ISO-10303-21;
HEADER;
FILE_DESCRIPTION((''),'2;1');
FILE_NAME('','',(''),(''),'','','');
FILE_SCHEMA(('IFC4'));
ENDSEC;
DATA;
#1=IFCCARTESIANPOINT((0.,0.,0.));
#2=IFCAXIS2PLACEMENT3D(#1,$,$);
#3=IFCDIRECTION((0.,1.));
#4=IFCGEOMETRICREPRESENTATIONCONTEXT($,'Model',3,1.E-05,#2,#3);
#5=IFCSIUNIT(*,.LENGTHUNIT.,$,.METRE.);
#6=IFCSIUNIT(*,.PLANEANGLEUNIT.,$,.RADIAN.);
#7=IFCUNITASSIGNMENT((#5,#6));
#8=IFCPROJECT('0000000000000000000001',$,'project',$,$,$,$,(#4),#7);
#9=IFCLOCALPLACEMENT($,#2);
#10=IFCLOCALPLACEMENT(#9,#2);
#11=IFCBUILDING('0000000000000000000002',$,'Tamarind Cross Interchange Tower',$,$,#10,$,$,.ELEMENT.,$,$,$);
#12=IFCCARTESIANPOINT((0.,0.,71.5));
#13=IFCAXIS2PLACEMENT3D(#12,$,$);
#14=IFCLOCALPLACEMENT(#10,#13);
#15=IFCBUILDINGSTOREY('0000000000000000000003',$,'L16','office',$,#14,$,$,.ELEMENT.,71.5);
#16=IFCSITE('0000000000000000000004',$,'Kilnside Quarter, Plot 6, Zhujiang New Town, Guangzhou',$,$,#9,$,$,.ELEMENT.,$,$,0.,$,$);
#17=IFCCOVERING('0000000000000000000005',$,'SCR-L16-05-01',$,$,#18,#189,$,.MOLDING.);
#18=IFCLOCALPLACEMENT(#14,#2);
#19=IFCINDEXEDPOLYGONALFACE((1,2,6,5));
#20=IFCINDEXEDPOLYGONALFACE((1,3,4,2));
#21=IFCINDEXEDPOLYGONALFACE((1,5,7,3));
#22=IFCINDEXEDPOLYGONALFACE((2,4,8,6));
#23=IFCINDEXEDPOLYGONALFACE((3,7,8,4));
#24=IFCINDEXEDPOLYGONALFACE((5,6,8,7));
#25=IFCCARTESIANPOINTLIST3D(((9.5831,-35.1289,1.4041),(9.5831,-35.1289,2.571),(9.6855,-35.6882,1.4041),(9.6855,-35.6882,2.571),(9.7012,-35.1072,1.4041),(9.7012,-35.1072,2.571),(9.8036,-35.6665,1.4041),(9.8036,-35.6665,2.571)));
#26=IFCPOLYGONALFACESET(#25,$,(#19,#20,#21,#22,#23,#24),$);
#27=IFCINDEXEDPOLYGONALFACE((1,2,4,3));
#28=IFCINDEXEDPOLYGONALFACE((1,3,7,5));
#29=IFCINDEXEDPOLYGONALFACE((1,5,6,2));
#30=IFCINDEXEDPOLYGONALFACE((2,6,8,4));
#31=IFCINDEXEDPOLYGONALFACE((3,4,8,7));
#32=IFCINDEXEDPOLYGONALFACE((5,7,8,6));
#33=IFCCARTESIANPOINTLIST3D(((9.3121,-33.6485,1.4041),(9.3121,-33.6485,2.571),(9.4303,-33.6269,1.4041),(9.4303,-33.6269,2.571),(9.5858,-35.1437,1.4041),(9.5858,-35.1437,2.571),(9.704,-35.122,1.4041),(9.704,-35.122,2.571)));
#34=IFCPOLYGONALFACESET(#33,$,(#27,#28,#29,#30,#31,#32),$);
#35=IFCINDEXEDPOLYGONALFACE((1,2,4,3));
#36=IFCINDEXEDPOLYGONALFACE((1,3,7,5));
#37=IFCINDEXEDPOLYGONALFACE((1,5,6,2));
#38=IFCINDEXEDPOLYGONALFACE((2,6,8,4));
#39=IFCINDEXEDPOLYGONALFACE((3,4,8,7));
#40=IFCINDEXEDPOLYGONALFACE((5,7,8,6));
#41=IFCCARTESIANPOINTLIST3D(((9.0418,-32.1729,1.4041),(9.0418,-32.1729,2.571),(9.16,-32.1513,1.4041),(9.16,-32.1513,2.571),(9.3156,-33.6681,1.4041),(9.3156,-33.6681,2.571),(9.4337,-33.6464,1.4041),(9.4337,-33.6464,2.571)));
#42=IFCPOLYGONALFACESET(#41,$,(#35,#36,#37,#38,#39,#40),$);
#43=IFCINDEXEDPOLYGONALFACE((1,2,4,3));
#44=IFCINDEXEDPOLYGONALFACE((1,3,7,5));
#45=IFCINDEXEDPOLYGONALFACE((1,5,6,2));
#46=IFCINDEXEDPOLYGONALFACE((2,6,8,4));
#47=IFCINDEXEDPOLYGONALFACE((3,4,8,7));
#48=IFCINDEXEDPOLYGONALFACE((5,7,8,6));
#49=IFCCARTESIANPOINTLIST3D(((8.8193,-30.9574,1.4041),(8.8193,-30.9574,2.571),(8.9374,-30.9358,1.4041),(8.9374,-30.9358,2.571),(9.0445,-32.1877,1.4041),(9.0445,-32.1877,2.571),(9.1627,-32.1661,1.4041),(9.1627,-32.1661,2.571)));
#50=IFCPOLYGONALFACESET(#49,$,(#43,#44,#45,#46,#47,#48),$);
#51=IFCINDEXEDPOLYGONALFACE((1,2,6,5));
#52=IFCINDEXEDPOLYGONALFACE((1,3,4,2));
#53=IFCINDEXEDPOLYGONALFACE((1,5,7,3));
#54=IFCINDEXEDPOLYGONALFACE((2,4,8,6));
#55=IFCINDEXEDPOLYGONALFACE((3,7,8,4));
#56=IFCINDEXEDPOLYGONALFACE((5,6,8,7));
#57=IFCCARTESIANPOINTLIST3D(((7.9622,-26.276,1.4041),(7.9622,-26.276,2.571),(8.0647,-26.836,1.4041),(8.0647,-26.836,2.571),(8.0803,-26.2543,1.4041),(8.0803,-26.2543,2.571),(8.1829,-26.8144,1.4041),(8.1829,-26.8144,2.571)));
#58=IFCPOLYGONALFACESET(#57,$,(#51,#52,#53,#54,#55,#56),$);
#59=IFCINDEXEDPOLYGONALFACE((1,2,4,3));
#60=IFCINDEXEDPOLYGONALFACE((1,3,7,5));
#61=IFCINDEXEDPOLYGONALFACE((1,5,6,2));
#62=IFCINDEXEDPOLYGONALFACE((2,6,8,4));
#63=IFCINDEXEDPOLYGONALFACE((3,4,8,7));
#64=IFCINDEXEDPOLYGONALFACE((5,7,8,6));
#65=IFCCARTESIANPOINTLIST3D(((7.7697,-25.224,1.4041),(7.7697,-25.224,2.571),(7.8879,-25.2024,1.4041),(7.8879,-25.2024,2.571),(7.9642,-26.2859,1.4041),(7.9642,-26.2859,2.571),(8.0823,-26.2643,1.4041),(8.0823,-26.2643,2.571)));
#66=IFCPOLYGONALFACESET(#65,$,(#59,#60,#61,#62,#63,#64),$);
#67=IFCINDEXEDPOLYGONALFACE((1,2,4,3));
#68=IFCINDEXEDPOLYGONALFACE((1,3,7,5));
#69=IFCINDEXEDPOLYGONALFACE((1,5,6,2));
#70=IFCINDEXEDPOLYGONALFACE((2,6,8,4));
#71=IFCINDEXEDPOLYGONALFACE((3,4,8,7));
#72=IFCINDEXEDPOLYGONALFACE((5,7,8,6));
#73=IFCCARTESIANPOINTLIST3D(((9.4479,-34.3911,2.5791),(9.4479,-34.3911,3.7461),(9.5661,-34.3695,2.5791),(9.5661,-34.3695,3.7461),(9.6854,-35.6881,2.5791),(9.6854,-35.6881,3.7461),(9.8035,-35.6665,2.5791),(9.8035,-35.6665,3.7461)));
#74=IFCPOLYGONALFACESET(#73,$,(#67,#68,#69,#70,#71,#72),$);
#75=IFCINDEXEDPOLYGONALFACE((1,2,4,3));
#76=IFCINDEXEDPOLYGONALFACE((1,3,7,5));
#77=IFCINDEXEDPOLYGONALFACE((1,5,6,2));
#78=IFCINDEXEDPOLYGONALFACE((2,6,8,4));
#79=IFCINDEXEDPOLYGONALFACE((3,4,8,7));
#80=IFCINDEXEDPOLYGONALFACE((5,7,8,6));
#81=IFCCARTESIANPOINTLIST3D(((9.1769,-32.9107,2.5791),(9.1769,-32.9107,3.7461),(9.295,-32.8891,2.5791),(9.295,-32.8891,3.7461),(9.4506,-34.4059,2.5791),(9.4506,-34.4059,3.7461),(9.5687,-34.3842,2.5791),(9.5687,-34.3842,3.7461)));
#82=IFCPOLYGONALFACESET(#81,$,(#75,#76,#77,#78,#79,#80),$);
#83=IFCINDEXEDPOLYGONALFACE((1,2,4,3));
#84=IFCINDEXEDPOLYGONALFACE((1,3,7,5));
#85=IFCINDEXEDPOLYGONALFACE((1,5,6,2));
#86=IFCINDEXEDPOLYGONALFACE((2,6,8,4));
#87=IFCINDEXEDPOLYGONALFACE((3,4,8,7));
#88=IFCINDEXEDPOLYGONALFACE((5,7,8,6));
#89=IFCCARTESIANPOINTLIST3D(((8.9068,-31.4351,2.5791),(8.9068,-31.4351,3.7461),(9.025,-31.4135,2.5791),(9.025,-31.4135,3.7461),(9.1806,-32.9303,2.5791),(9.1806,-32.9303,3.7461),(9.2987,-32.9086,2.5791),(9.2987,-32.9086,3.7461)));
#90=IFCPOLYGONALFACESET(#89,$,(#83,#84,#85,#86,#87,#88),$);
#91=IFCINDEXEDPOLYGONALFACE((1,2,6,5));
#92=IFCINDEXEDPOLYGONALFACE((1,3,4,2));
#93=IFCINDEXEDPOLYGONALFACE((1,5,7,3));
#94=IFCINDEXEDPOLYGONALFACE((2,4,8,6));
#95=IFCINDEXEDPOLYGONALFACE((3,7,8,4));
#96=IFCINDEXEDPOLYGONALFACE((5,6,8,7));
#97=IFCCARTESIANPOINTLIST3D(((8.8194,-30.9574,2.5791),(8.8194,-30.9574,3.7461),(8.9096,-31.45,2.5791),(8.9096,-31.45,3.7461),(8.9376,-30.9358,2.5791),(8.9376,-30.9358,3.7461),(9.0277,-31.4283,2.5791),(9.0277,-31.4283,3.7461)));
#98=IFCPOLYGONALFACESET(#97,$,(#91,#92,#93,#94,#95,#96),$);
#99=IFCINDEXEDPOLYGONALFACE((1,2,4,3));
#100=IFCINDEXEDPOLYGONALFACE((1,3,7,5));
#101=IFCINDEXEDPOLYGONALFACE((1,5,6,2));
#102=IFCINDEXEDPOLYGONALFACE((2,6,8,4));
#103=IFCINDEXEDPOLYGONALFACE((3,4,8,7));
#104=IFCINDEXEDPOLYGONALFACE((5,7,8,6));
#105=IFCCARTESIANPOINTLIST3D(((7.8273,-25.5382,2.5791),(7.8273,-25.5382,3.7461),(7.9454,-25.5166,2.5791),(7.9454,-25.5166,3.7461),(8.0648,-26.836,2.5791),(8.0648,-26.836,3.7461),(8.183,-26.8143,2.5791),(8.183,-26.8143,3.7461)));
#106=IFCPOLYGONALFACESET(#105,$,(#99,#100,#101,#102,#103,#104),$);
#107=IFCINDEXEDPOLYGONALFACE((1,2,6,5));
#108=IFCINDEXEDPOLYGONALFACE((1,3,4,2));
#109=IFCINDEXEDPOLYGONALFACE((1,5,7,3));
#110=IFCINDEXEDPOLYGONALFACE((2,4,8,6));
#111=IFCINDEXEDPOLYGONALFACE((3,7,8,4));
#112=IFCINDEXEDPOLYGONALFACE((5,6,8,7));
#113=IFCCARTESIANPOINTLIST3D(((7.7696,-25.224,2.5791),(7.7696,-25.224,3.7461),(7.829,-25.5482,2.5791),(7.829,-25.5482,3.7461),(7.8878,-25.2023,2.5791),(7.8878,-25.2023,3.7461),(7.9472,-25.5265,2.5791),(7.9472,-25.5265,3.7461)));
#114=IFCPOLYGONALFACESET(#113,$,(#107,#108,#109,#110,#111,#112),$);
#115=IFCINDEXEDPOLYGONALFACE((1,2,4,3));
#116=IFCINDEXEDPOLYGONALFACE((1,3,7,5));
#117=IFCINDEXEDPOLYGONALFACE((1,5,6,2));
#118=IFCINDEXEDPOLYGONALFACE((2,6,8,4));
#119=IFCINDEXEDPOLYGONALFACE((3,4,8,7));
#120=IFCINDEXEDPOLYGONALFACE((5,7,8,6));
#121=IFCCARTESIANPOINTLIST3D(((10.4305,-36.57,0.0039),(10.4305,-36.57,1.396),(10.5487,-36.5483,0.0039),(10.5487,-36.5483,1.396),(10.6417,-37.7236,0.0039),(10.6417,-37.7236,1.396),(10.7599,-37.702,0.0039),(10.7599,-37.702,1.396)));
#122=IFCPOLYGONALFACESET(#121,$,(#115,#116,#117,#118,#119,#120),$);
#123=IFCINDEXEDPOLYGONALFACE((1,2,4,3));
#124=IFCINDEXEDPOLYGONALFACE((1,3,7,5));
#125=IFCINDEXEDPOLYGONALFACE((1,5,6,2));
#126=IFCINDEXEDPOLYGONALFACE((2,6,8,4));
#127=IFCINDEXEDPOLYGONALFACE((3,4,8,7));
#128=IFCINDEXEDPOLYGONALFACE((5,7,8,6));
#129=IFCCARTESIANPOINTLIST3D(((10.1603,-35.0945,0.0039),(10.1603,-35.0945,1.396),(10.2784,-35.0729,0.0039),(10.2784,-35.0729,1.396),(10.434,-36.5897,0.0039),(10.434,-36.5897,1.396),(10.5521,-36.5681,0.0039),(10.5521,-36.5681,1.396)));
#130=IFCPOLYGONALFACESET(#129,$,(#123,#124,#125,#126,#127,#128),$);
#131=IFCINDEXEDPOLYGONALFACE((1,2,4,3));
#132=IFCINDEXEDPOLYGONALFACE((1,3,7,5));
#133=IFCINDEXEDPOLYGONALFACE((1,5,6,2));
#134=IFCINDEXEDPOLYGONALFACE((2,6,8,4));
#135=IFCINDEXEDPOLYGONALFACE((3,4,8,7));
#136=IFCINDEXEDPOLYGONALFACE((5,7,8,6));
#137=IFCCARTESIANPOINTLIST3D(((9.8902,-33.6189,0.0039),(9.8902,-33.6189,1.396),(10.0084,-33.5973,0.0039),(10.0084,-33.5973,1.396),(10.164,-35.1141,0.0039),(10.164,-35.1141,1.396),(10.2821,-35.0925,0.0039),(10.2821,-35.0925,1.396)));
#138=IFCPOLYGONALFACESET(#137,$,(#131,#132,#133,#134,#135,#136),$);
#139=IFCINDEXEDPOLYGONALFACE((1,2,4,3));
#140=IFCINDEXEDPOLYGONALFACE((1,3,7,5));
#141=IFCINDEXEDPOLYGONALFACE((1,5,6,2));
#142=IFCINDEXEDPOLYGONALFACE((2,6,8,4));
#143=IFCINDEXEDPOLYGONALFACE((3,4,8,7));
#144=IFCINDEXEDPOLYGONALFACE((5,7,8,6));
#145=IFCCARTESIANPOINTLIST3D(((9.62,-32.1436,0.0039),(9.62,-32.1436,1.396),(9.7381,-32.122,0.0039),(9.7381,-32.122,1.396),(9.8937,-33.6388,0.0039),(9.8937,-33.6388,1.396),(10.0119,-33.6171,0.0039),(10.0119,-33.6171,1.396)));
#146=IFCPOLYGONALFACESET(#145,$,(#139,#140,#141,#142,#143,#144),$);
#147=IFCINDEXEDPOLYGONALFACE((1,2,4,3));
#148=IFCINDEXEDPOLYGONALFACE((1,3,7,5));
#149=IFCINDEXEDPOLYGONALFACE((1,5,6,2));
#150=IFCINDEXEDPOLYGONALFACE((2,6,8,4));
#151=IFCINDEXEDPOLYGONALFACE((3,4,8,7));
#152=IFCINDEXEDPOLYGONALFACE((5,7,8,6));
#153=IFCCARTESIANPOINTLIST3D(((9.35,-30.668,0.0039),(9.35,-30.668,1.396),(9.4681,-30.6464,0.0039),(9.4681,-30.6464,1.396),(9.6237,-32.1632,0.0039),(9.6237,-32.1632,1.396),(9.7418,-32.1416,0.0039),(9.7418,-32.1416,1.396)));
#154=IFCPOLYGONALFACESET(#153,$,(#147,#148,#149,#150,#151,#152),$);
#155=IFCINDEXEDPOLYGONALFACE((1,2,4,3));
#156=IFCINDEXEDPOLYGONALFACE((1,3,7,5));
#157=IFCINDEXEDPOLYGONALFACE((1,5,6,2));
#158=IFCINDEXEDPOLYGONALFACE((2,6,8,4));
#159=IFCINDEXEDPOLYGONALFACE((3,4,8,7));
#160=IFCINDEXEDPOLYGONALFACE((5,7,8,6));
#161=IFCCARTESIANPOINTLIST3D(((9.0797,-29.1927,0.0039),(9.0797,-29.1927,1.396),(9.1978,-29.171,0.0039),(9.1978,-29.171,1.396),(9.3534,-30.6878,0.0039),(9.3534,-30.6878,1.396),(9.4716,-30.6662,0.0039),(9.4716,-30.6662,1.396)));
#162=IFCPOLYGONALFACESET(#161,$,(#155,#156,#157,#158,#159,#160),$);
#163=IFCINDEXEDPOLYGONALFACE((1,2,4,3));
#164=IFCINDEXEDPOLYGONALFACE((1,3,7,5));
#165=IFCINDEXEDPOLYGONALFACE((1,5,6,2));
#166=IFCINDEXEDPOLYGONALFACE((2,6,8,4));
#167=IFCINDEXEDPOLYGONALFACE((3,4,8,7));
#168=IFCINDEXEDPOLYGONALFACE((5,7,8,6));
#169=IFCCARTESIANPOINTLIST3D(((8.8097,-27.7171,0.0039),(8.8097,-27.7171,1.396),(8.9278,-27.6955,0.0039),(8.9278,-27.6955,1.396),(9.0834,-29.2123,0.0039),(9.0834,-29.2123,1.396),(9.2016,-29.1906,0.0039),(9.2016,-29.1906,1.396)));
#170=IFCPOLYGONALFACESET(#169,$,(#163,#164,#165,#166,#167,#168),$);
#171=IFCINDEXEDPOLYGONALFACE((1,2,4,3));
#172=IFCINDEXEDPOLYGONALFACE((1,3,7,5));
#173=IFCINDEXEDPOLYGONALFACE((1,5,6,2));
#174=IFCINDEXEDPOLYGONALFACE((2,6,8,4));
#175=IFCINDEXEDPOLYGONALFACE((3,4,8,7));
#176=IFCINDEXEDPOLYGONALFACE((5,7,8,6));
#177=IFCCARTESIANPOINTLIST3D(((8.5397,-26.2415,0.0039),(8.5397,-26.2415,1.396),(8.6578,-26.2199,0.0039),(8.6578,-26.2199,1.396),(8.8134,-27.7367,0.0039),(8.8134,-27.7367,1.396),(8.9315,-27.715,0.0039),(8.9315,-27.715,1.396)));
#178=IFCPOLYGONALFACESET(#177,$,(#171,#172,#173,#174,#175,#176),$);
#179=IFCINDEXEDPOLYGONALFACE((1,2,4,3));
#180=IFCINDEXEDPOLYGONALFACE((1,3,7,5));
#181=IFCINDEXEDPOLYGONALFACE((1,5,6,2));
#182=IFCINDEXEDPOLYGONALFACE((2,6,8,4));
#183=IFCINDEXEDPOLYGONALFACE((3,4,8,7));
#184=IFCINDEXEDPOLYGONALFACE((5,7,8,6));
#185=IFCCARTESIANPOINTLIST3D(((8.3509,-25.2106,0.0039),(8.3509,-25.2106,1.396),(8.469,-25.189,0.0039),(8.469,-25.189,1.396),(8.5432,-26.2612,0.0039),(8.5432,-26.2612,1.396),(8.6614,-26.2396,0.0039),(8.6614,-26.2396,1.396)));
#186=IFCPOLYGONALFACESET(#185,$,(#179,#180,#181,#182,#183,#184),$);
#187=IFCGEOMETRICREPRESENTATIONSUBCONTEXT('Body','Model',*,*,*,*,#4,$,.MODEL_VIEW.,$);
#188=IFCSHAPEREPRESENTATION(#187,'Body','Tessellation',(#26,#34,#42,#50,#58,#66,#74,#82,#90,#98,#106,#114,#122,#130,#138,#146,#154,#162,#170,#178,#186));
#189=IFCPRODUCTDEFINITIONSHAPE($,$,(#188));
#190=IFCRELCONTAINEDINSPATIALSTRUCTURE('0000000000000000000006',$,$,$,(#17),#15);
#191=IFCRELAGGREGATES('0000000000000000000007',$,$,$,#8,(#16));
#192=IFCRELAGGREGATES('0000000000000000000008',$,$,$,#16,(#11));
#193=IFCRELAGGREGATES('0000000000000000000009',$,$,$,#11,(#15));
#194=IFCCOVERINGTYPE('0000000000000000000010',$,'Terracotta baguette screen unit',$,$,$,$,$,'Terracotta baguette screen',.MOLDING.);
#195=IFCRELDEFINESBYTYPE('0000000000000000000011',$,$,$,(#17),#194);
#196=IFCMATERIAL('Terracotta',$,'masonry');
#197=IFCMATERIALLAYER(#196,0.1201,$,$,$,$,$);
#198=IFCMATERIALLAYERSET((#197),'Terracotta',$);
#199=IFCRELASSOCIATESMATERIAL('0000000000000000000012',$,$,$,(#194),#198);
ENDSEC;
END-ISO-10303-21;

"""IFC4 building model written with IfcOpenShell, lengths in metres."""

from ifc_helpers import new_model, si_unit, direction, frame, origin, origin_2d, place, context, subcontext, project, spatial, rectangle, extrude, material, layer, layer_set, type_object, element, save


model = new_model("IFC4")

# Units and contexts
model_context = context("Model", 3, precision=1e-05, world=origin(), true_north=direction((0.0, 1.0)))
body_context = subcontext(model_context, "Body", "Model", "MODEL_VIEW")
ifc_project = project(units=[si_unit("LENGTHUNIT", "METRE"), si_unit("PLANEANGLEUNIT", "RADIAN")], contexts=[model_context])

# Site, building, storey
site_placement = place(None, origin())
site = spatial("IfcSite", under=ifc_project, at=site_placement, Name="Kilnside Quarter, Plot 6, Zhujiang New Town, Guangzhou", CompositionType="ELEMENT", RefElevation=0.0)
building_placement = place(site_placement, origin())
building = spatial("IfcBuilding", under=site, at=building_placement, Name="Tamarind Cross Interchange Tower", CompositionType="ELEMENT")
storey_placement = place(building_placement, frame((0.0, 0.0, 71.5)))
storey = spatial("IfcBuildingStorey", under=building, at=storey_placement, Name="L16", Description="office", CompositionType="ELEMENT", Elevation=71.5)

# Covering
ifc_material_1 = material(Name="Terracotta", Category="masonry")
ifc_layer_1 = layer(ifc_material_1, 0.1201)
ifc_layer_set_1 = layer_set([ifc_layer_1], Name="Terracotta")
covering_type = type_object("IfcCoveringType", Name="Terracotta baguette screen unit", ElementType="Terracotta baguette screen", PredefinedType="MOLDING", material=ifc_layer_set_1)
covering_1_placement = place(storey_placement, origin())
element("IfcCovering", 1, at=covering_1_placement, inside=storey, type_object=covering_type, Name="SCR-L16-05-01", PredefinedType="MOLDING", context=body_context, shape_type="SweptSolid", body=[
    extrude(rectangle(XDim=0.5686, YDim=0.1201, at=origin_2d()), frame((9.6934, -35.3977, 1.4041), z_axis=(0.0, 0.0, 1.0), x_axis=(-0.180086, 0.983651, 0.0)), (0.0, 0.0, 1.0), 1.167),
    extrude(rectangle(XDim=1.52, YDim=0.1201, at=origin_2d()), frame((9.5081, -34.3853, 1.4041), z_axis=(0.0, 0.0, 1.0), x_axis=(-0.180086, 0.983651, 0.0)), (0.0, 0.0, 1.0), 1.167),
    extrude(rectangle(XDim=1.52, YDim=0.1201, at=origin_2d()), frame((9.2378, -32.9097, 1.4041), z_axis=(0.0, 0.0, 1.0), x_axis=(-0.180086, 0.983651, 0.0)), (0.0, 0.0, 1.0), 1.167),
    extrude(rectangle(XDim=1.2507, YDim=0.1201, at=origin_2d()), frame((8.991, -31.5618, 1.4041), z_axis=(0.0, 0.0, 1.0), x_axis=(-0.180086, 0.983651, 0.0)), (0.0, 0.0, 1.0), 1.167),
    extrude(rectangle(XDim=0.5693, YDim=0.1201, at=origin_2d()), frame((8.0725, -26.5452, 1.4041), z_axis=(0.0, 0.0, 1.0), x_axis=(-0.180086, 0.983651, 0.0)), (0.0, 0.0, 1.0), 1.167),
    extrude(rectangle(XDim=1.0796, YDim=0.1201, at=origin_2d()), frame((7.926, -25.7441, 1.4041), z_axis=(0.0, 0.0, 1.0), x_axis=(-0.180086, 0.983651, 0.0)), (0.0, 0.0, 1.0), 1.167),
    extrude(rectangle(XDim=1.3186, YDim=0.1201, at=origin_2d()), frame((9.6257, -35.0288, 2.5791), z_axis=(0.0, 0.0, 1.0), x_axis=(-0.180086, 0.983651, 0.0)), (0.0, 0.0, 1.0), 1.167),
    extrude(rectangle(XDim=1.52, YDim=0.1201, at=origin_2d()), frame((9.3728, -33.6475, 2.5791), z_axis=(0.0, 0.0, 1.0), x_axis=(-0.180086, 0.983651, 0.0)), (0.0, 0.0, 1.0), 1.167),
    extrude(rectangle(XDim=1.52, YDim=0.1201, at=origin_2d()), frame((9.1028, -32.1719, 2.5791), z_axis=(0.0, 0.0, 1.0), x_axis=(-0.180086, 0.983651, 0.0)), (0.0, 0.0, 1.0), 1.167),
    extrude(rectangle(XDim=0.5007, YDim=0.1201, at=origin_2d()), frame((8.9236, -31.1929, 2.5791), z_axis=(0.0, 0.0, 1.0), x_axis=(-0.180086, 0.983651, 0.0)), (0.0, 0.0, 1.0), 1.167),
    extrude(rectangle(XDim=1.3193, YDim=0.1201, at=origin_2d()), frame((8.0051, -26.1763, 2.5791), z_axis=(0.0, 0.0, 1.0), x_axis=(-0.180086, 0.983651, 0.0)), (0.0, 0.0, 1.0), 1.167),
    extrude(rectangle(XDim=0.3296, YDim=0.1201, at=origin_2d()), frame((7.8584, -25.3752, 2.5791), z_axis=(0.0, 0.0, 1.0), x_axis=(-0.180086, 0.983651, 0.0)), (0.0, 0.0, 1.0), 1.167),
    extrude(rectangle(XDim=1.1729, YDim=0.1201, at=origin_2d()), frame((10.5952, -37.136, 0.0039), z_axis=(0.0, 0.0, 1.0), x_axis=(-0.180086, 0.983651, 0.0)), (0.0, 0.0, 1.0), 1.3921),
    extrude(rectangle(XDim=1.52, YDim=0.1201, at=origin_2d()), frame((10.3562, -35.8313, 0.0039), z_axis=(0.0, 0.0, 1.0), x_axis=(-0.180086, 0.983651, 0.0)), (0.0, 0.0, 1.0), 1.3921),
    extrude(rectangle(XDim=1.52, YDim=0.1201, at=origin_2d()), frame((10.0862, -34.3557, 0.0039), z_axis=(0.0, 0.0, 1.0), x_axis=(-0.180086, 0.983651, 0.0)), (0.0, 0.0, 1.0), 1.3921),
    extrude(rectangle(XDim=1.52, YDim=0.1201, at=origin_2d()), frame((9.8159, -32.8804, 0.0039), z_axis=(0.0, 0.0, 1.0), x_axis=(-0.180086, 0.983651, 0.0)), (0.0, 0.0, 1.0), 1.3921),
    extrude(rectangle(XDim=1.52, YDim=0.1201, at=origin_2d()), frame((9.5459, -31.4048, 0.0039), z_axis=(0.0, 0.0, 1.0), x_axis=(-0.180086, 0.983651, 0.0)), (0.0, 0.0, 1.0), 1.3921),
    extrude(rectangle(XDim=1.52, YDim=0.1201, at=origin_2d()), frame((9.2756, -29.9294, 0.0039), z_axis=(0.0, 0.0, 1.0), x_axis=(-0.180086, 0.983651, 0.0)), (0.0, 0.0, 1.0), 1.3921),
    extrude(rectangle(XDim=1.52, YDim=0.1201, at=origin_2d()), frame((9.0056, -28.4539, 0.0039), z_axis=(0.0, 0.0, 1.0), x_axis=(-0.180086, 0.983651, 0.0)), (0.0, 0.0, 1.0), 1.3921),
    extrude(rectangle(XDim=1.52, YDim=0.1201, at=origin_2d()), frame((8.7356, -26.9783, 0.0039), z_axis=(0.0, 0.0, 1.0), x_axis=(-0.180086, 0.983651, 0.0)), (0.0, 0.0, 1.0), 1.3921),
    extrude(rectangle(XDim=1.0681, YDim=0.1201, at=origin_2d()), frame((8.5061, -25.7251, 0.0039), z_axis=(0.0, 0.0, 1.0), x_axis=(-0.180086, 0.983651, 0.0)), (0.0, 0.0, 1.0), 1.3921),
])

save(model, "model.ifc")
